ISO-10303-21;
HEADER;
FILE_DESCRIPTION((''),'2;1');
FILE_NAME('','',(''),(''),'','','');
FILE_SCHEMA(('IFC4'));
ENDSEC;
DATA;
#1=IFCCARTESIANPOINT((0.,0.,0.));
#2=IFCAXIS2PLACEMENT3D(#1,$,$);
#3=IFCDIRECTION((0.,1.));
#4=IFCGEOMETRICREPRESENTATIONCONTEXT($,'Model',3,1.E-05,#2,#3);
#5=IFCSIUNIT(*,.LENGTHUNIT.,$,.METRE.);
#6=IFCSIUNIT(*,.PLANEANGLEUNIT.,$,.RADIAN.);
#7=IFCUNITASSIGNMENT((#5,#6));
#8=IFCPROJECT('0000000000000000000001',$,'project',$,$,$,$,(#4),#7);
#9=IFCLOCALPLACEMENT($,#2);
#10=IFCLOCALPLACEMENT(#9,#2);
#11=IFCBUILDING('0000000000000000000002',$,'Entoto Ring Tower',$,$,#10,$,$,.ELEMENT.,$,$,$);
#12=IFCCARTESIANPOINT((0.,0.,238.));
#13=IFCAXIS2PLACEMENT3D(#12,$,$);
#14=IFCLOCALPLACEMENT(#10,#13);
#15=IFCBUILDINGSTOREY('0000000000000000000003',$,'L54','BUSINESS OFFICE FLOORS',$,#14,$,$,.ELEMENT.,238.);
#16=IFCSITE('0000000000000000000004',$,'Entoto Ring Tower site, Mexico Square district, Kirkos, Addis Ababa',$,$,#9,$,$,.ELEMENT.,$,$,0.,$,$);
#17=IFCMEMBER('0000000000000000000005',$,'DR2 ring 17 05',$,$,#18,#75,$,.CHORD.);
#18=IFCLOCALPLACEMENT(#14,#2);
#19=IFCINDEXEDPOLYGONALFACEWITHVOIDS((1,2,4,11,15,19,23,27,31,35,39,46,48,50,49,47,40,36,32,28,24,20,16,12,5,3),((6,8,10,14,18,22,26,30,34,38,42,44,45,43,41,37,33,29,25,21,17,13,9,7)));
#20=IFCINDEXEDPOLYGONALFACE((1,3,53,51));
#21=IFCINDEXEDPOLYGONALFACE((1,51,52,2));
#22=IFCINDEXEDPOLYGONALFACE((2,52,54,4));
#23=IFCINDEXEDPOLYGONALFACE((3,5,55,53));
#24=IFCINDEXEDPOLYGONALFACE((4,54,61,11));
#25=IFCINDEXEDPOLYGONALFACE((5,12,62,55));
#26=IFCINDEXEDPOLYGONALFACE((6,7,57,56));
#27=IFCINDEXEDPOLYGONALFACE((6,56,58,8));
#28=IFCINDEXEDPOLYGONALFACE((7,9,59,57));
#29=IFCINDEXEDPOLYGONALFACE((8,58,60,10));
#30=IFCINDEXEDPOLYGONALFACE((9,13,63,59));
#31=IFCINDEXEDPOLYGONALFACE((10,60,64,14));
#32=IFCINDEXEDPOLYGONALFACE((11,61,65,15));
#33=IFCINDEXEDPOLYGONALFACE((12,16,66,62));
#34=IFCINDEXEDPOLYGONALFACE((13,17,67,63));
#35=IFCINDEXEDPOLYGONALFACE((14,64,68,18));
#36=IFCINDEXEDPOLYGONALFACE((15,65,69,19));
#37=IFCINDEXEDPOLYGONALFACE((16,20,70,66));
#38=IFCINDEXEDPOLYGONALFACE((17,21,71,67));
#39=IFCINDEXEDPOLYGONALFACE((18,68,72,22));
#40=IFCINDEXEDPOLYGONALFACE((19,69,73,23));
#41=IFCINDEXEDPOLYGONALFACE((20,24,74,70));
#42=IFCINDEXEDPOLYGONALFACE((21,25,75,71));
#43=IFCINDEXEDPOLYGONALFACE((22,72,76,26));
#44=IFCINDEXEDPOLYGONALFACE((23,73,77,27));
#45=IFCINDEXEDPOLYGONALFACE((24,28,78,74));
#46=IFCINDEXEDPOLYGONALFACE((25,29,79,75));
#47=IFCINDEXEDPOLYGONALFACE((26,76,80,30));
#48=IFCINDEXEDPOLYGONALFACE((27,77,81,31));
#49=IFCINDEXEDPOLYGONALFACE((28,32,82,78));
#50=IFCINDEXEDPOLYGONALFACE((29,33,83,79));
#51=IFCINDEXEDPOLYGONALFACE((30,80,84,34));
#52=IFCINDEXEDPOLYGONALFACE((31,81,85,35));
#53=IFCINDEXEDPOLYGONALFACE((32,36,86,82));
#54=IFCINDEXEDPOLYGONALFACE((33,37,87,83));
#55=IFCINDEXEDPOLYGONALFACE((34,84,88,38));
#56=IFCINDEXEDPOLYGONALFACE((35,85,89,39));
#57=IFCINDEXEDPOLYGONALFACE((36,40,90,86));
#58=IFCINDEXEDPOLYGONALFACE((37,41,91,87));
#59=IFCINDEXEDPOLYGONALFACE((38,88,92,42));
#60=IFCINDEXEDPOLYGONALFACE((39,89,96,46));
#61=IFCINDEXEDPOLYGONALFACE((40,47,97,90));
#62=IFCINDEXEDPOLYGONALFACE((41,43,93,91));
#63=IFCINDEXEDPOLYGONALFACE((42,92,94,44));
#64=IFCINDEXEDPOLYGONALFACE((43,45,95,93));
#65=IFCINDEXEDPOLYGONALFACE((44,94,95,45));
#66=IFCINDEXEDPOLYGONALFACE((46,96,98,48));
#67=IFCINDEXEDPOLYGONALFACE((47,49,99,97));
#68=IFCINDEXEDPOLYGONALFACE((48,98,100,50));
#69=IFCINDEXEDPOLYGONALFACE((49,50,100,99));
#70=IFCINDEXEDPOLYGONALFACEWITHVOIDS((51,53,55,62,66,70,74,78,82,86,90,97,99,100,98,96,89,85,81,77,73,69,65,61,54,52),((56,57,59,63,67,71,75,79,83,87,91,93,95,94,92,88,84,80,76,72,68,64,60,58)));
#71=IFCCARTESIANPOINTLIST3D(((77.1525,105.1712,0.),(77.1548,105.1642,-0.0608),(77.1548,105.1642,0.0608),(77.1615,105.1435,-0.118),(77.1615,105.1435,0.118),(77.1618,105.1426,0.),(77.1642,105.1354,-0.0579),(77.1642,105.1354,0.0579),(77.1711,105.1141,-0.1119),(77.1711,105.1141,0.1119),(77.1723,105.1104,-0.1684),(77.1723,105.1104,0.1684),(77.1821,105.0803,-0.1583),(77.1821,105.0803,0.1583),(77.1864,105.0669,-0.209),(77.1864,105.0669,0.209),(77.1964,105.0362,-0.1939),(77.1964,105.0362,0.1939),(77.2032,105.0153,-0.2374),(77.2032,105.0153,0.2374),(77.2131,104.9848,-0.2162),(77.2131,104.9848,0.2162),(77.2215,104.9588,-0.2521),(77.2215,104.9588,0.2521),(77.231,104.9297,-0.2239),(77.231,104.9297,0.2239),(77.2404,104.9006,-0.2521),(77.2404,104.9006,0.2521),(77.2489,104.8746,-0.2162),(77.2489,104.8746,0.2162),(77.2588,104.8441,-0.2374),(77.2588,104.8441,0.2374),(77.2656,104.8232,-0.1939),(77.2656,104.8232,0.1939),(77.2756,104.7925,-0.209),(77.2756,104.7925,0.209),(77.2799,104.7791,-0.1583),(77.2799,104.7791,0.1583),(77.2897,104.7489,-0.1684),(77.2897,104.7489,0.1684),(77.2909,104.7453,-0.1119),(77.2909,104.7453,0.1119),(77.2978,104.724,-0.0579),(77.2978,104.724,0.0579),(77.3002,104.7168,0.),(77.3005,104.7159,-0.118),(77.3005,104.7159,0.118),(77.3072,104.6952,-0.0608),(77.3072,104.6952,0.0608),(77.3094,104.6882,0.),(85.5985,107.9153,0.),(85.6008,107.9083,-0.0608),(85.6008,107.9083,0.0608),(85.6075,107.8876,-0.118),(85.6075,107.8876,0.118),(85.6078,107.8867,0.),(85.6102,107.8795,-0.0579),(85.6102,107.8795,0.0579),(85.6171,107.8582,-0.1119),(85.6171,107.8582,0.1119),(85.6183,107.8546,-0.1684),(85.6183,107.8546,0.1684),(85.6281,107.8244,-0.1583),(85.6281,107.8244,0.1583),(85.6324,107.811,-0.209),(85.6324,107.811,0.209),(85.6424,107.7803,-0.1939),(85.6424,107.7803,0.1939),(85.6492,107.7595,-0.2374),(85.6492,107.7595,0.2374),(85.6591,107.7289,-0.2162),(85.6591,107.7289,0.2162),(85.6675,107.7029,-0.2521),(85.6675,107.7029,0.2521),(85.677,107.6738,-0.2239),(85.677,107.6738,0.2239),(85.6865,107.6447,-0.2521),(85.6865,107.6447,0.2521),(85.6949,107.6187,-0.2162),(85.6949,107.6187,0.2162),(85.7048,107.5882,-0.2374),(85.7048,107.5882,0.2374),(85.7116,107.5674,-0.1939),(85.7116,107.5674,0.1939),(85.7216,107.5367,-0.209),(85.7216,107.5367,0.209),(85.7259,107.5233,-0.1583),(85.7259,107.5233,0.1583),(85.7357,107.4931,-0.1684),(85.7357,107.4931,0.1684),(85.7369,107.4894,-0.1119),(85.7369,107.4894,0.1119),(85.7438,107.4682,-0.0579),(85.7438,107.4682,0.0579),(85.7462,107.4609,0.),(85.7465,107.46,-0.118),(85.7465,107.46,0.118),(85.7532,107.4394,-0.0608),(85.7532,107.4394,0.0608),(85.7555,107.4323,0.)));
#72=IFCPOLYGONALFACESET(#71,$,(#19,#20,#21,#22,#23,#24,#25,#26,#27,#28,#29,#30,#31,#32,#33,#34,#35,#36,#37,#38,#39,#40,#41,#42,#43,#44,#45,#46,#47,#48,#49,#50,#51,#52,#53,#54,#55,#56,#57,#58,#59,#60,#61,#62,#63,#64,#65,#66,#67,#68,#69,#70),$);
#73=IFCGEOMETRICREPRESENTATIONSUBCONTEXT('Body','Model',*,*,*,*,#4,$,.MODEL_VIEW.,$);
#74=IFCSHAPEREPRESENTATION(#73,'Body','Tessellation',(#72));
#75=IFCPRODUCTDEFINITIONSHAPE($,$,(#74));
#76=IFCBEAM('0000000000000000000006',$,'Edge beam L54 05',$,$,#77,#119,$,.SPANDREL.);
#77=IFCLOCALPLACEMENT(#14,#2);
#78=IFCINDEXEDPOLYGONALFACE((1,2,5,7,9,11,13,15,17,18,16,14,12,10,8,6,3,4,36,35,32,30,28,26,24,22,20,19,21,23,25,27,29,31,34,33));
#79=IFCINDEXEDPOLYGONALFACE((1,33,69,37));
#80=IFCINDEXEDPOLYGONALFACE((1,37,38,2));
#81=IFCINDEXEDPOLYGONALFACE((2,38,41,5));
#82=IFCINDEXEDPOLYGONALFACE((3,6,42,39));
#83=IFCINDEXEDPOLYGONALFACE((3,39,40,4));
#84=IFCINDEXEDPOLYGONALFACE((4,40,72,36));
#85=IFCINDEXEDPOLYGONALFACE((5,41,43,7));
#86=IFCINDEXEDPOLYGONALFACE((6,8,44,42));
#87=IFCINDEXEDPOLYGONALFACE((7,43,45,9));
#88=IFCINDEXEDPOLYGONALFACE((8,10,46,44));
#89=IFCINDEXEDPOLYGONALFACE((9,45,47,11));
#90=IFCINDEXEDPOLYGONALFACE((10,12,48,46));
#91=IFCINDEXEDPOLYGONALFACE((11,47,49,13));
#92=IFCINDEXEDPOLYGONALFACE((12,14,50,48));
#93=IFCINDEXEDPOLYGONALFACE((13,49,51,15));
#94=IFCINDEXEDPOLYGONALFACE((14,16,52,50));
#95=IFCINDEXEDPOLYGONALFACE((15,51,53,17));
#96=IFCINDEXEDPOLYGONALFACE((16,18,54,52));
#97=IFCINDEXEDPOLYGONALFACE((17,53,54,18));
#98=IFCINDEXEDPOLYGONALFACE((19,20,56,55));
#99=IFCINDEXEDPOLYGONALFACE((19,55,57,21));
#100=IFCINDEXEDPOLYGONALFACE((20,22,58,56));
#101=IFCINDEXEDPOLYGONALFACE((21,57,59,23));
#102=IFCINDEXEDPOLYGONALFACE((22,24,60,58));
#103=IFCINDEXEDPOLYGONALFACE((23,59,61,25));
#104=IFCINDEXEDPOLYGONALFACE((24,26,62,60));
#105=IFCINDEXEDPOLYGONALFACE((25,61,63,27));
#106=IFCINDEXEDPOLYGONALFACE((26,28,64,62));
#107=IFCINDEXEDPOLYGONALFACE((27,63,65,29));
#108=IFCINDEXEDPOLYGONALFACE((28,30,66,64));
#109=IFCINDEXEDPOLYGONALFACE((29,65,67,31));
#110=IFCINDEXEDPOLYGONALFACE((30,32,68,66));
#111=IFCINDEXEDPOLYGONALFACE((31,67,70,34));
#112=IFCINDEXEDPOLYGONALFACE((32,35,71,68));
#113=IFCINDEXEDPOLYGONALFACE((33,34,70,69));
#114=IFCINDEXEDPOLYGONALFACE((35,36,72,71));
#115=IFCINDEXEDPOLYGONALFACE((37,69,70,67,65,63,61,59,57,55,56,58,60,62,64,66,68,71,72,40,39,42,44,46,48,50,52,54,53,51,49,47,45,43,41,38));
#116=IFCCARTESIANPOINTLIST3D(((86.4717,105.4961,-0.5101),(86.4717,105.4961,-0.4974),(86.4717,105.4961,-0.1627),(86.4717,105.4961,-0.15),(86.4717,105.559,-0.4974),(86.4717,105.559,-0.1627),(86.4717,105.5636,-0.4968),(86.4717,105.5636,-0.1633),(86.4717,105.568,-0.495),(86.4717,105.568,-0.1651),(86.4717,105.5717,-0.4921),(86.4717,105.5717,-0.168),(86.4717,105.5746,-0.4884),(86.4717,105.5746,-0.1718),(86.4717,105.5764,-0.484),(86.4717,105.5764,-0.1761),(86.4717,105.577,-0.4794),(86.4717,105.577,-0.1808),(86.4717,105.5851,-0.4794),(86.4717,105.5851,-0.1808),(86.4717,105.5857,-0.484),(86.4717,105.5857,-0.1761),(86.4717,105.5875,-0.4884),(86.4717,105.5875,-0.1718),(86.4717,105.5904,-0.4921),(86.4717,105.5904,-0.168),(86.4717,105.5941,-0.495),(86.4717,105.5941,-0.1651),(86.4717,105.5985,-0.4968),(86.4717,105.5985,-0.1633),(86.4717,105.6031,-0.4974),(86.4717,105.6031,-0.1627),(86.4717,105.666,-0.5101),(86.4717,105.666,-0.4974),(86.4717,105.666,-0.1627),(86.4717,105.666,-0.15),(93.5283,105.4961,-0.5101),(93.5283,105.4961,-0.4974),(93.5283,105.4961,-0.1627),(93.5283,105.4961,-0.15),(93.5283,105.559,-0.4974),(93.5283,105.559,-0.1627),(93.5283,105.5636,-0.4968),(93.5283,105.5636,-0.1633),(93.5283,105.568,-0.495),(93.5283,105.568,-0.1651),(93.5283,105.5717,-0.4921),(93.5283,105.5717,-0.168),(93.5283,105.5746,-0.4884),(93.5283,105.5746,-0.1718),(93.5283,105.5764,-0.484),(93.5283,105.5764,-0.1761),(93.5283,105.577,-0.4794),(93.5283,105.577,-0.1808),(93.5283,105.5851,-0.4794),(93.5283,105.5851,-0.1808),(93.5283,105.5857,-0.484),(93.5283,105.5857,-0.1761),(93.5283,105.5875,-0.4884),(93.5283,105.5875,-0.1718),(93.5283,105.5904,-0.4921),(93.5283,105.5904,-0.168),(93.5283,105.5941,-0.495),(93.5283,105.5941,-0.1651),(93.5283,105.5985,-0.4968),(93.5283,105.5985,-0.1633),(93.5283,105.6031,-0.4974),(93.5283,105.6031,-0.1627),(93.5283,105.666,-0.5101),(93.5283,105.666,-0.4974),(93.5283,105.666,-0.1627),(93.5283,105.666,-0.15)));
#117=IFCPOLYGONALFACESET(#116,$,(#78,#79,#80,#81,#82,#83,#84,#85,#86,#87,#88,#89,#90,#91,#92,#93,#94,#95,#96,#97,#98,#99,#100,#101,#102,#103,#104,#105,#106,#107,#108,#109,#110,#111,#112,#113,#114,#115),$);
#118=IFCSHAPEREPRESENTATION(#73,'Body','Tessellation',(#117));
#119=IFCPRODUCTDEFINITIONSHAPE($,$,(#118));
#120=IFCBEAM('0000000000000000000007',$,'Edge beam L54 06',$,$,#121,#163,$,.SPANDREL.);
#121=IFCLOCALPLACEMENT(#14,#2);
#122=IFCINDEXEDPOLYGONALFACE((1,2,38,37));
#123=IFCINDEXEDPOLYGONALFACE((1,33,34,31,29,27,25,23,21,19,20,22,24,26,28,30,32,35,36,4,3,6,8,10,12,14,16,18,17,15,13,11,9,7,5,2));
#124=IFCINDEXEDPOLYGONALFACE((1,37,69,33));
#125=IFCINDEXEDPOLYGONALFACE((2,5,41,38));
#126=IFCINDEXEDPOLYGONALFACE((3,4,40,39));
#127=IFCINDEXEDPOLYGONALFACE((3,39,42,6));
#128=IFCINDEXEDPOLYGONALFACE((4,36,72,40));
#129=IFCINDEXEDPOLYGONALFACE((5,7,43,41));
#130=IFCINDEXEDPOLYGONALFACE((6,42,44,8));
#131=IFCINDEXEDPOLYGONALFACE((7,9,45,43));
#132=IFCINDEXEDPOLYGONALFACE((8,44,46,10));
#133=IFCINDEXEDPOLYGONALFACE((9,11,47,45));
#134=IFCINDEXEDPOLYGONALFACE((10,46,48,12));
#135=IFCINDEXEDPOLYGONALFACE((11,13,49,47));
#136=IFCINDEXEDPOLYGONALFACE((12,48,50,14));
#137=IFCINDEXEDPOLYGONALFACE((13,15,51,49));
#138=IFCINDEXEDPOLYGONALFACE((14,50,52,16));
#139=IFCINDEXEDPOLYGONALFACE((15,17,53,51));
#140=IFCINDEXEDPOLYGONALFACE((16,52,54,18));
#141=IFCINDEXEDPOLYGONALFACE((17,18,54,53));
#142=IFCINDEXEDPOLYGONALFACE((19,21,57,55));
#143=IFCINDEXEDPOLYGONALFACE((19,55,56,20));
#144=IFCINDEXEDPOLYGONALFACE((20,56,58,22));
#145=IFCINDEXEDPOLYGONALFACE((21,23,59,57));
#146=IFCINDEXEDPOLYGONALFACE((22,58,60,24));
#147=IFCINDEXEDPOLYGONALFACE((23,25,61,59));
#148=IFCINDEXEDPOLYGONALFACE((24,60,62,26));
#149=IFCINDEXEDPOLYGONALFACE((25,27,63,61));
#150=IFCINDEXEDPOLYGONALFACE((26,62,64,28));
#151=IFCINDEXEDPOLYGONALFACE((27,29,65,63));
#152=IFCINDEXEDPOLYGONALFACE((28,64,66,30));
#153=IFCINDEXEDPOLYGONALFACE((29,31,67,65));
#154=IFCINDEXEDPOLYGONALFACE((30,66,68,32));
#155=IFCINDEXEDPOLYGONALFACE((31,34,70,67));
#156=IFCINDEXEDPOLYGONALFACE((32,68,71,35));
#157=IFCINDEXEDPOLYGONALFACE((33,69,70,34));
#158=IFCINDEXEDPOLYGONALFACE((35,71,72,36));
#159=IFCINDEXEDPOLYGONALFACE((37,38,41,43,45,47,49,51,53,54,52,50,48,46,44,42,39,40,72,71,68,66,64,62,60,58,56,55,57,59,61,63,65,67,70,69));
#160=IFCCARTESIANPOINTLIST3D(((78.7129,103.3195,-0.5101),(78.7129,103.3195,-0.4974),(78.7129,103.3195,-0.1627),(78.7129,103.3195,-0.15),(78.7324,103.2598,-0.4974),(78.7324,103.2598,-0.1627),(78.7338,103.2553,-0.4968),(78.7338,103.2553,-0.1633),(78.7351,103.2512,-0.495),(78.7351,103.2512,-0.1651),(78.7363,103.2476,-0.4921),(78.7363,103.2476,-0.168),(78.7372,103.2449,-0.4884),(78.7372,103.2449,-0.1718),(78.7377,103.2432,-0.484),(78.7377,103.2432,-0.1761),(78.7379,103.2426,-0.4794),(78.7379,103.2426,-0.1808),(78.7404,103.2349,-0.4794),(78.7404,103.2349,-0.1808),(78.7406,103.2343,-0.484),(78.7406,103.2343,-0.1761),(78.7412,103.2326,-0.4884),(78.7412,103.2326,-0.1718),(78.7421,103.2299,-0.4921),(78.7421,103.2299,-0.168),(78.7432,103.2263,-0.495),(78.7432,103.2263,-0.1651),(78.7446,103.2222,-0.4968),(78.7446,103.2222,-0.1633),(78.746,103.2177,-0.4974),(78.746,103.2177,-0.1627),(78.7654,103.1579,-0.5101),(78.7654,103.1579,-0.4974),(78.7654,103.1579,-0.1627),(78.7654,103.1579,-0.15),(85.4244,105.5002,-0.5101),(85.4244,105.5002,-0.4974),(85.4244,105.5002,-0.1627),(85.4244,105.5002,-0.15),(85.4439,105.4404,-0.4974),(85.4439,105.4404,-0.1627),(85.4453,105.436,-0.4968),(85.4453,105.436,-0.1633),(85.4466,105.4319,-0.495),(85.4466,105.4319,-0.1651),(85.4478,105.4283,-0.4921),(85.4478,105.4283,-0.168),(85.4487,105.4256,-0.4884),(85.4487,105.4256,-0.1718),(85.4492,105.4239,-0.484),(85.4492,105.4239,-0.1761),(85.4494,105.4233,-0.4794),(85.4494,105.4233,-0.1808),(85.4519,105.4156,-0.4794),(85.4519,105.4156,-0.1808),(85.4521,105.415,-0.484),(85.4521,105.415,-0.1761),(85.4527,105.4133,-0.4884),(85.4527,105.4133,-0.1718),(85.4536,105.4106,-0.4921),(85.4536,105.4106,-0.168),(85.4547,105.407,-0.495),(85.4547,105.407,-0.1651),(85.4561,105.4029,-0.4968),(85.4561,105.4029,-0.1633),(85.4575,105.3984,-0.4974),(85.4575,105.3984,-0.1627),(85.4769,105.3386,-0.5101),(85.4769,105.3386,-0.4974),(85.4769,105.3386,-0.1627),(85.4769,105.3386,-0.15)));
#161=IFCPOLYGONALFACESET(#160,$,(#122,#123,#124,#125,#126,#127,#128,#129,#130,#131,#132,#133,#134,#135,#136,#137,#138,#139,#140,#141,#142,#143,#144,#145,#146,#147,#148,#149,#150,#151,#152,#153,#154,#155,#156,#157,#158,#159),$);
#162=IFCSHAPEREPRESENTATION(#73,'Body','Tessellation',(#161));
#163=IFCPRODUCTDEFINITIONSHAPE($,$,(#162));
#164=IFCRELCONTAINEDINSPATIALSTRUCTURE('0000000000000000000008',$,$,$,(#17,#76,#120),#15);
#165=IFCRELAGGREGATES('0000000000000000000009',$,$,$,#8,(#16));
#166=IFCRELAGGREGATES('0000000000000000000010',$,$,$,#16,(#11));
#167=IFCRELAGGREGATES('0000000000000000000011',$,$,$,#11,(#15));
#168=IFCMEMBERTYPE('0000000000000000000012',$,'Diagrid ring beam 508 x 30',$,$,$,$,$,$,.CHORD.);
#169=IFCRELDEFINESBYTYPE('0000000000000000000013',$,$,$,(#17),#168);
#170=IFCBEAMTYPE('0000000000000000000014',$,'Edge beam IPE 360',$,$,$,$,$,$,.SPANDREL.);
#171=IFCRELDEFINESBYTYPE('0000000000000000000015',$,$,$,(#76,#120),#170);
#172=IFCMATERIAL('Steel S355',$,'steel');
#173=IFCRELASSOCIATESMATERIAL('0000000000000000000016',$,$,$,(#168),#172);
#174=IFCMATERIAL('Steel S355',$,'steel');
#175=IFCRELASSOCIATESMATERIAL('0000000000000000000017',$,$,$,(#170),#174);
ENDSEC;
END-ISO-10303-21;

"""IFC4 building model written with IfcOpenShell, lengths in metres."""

from ifc_helpers import new_model, si_unit, direction, frame, origin, origin_2d, place, context, subcontext, project, spatial, circle, hollow_circle, i_section, extrude, material, material_profile, profile_set, type_object, element, save


model = new_model("IFC4")

# Units and contexts
model_context = context("Model", 3, precision=1e-05, world=origin(), true_north=direction((0.0, 1.0)))
body_context = subcontext(model_context, "Body", "Model", "MODEL_VIEW")
ifc_project = project(units=[si_unit("LENGTHUNIT", "METRE"), si_unit("PLANEANGLEUNIT", "RADIAN")], contexts=[model_context])

# Site, building, storey
site_placement = place(None, origin())
site = spatial("IfcSite", under=ifc_project, at=site_placement, Name="Entoto Ring Tower site, Mexico Square district, Kirkos, Addis Ababa", CompositionType="ELEMENT", RefElevation=0.0)
building_placement = place(site_placement, origin())
building = spatial("IfcBuilding", under=site, at=building_placement, Name="Entoto Ring Tower", CompositionType="ELEMENT")
storey_placement = place(building_placement, frame((0.0, 0.0, 238.0)))
storey = spatial("IfcBuildingStorey", under=building, at=storey_placement, Name="L54", Description="BUSINESS OFFICE FLOORS", CompositionType="ELEMENT", Elevation=238.0)

# Member
ifc_material_1 = material(Name="Steel S355", Category="steel")
ifc_material_profile_1 = material_profile(ifc_material_1, hollow_circle(Radius=0.2539, WallThickness=0.03, at=origin_2d()), Name="CHS 508 x 30")
ifc_material_2 = material(Name="Concrete C60/75", Category="concrete")
ifc_material_profile_2 = material_profile(ifc_material_2, circle(Radius=0.2241, at=origin_2d()), Name="Concrete C60/75 infill")
ifc_profile_set_1 = profile_set([ifc_material_profile_1, ifc_material_profile_2], Name="Steel S355")
member_type_1 = type_object("IfcMemberType", Name="Diagrid ring beam 508 x 30", PredefinedType="CHORD", material=ifc_profile_set_1)
member_1_placement = place(storey_placement, frame((85.677, 107.6738, 0.0), z_axis=(-0.951061, -0.309002, 0.0), x_axis=(0.309002, -0.951061, 0.0)))
element("IfcMember", 1, at=member_1_placement, inside=storey, type_object=member_type_1, Name="DR2 ring 17 05", PredefinedType="CHORD", context=body_context, shape_type="SweptSolid", body=[
    extrude(hollow_circle(Radius=0.2539, WallThickness=0.03, at=origin_2d()), origin(), (0.0, 0.0, 1.0), 8.8806),
])

# Beams
ifc_material_3 = material(Name="Steel S355", Category="steel")
ifc_material_profile_3 = material_profile(ifc_material_3, i_section(OverallWidth=0.1699, OverallDepth=0.3601, WebThickness=0.0081, FlangeThickness=0.0127, FilletRadius=0.0181, at=origin_2d()), Name="IPE 360")
ifc_profile_set_2 = profile_set([ifc_material_profile_3], Name="Steel S355")
beam_type_1 = type_object("IfcBeamType", Name="Edge beam IPE 360", PredefinedType="SPANDREL", material=ifc_profile_set_2)
beam_1_placement = place(storey_placement, frame((93.5283, 105.5811, -0.3301), z_axis=(-1.0, 0.0, 0.0), x_axis=(0.0, -1.0, 0.0)))
element("IfcBeam", 2, at=beam_1_placement, inside=storey, type_object=beam_type_1, Name="Edge beam L54 05", PredefinedType="SPANDREL", context=body_context, shape_type="SweptSolid", body=[
    extrude(i_section(OverallWidth=0.1699, OverallDepth=0.3601, WebThickness=0.0081, FlangeThickness=0.0127, FilletRadius=0.0181, at=origin_2d()), origin(), (0.0, 0.0, 1.0), 7.0566),
])
beam_2_placement = place(storey_placement, frame((85.4507, 105.4194, -0.3301), z_axis=(-0.951057, -0.309016, 0.0), x_axis=(0.309016, -0.951057, 0.0)))
element("IfcBeam", 3, at=beam_2_placement, inside=storey, type_object=beam_type_1, Name="Edge beam L54 06", PredefinedType="SPANDREL", context=body_context, shape_type="SweptSolid", body=[
    extrude(i_section(OverallWidth=0.1699, OverallDepth=0.3601, WebThickness=0.0081, FlangeThickness=0.0127, FilletRadius=0.0181, at=origin_2d()), origin(), (0.0, 0.0, 1.0), 7.0569),
])

save(model, "model.ifc")
